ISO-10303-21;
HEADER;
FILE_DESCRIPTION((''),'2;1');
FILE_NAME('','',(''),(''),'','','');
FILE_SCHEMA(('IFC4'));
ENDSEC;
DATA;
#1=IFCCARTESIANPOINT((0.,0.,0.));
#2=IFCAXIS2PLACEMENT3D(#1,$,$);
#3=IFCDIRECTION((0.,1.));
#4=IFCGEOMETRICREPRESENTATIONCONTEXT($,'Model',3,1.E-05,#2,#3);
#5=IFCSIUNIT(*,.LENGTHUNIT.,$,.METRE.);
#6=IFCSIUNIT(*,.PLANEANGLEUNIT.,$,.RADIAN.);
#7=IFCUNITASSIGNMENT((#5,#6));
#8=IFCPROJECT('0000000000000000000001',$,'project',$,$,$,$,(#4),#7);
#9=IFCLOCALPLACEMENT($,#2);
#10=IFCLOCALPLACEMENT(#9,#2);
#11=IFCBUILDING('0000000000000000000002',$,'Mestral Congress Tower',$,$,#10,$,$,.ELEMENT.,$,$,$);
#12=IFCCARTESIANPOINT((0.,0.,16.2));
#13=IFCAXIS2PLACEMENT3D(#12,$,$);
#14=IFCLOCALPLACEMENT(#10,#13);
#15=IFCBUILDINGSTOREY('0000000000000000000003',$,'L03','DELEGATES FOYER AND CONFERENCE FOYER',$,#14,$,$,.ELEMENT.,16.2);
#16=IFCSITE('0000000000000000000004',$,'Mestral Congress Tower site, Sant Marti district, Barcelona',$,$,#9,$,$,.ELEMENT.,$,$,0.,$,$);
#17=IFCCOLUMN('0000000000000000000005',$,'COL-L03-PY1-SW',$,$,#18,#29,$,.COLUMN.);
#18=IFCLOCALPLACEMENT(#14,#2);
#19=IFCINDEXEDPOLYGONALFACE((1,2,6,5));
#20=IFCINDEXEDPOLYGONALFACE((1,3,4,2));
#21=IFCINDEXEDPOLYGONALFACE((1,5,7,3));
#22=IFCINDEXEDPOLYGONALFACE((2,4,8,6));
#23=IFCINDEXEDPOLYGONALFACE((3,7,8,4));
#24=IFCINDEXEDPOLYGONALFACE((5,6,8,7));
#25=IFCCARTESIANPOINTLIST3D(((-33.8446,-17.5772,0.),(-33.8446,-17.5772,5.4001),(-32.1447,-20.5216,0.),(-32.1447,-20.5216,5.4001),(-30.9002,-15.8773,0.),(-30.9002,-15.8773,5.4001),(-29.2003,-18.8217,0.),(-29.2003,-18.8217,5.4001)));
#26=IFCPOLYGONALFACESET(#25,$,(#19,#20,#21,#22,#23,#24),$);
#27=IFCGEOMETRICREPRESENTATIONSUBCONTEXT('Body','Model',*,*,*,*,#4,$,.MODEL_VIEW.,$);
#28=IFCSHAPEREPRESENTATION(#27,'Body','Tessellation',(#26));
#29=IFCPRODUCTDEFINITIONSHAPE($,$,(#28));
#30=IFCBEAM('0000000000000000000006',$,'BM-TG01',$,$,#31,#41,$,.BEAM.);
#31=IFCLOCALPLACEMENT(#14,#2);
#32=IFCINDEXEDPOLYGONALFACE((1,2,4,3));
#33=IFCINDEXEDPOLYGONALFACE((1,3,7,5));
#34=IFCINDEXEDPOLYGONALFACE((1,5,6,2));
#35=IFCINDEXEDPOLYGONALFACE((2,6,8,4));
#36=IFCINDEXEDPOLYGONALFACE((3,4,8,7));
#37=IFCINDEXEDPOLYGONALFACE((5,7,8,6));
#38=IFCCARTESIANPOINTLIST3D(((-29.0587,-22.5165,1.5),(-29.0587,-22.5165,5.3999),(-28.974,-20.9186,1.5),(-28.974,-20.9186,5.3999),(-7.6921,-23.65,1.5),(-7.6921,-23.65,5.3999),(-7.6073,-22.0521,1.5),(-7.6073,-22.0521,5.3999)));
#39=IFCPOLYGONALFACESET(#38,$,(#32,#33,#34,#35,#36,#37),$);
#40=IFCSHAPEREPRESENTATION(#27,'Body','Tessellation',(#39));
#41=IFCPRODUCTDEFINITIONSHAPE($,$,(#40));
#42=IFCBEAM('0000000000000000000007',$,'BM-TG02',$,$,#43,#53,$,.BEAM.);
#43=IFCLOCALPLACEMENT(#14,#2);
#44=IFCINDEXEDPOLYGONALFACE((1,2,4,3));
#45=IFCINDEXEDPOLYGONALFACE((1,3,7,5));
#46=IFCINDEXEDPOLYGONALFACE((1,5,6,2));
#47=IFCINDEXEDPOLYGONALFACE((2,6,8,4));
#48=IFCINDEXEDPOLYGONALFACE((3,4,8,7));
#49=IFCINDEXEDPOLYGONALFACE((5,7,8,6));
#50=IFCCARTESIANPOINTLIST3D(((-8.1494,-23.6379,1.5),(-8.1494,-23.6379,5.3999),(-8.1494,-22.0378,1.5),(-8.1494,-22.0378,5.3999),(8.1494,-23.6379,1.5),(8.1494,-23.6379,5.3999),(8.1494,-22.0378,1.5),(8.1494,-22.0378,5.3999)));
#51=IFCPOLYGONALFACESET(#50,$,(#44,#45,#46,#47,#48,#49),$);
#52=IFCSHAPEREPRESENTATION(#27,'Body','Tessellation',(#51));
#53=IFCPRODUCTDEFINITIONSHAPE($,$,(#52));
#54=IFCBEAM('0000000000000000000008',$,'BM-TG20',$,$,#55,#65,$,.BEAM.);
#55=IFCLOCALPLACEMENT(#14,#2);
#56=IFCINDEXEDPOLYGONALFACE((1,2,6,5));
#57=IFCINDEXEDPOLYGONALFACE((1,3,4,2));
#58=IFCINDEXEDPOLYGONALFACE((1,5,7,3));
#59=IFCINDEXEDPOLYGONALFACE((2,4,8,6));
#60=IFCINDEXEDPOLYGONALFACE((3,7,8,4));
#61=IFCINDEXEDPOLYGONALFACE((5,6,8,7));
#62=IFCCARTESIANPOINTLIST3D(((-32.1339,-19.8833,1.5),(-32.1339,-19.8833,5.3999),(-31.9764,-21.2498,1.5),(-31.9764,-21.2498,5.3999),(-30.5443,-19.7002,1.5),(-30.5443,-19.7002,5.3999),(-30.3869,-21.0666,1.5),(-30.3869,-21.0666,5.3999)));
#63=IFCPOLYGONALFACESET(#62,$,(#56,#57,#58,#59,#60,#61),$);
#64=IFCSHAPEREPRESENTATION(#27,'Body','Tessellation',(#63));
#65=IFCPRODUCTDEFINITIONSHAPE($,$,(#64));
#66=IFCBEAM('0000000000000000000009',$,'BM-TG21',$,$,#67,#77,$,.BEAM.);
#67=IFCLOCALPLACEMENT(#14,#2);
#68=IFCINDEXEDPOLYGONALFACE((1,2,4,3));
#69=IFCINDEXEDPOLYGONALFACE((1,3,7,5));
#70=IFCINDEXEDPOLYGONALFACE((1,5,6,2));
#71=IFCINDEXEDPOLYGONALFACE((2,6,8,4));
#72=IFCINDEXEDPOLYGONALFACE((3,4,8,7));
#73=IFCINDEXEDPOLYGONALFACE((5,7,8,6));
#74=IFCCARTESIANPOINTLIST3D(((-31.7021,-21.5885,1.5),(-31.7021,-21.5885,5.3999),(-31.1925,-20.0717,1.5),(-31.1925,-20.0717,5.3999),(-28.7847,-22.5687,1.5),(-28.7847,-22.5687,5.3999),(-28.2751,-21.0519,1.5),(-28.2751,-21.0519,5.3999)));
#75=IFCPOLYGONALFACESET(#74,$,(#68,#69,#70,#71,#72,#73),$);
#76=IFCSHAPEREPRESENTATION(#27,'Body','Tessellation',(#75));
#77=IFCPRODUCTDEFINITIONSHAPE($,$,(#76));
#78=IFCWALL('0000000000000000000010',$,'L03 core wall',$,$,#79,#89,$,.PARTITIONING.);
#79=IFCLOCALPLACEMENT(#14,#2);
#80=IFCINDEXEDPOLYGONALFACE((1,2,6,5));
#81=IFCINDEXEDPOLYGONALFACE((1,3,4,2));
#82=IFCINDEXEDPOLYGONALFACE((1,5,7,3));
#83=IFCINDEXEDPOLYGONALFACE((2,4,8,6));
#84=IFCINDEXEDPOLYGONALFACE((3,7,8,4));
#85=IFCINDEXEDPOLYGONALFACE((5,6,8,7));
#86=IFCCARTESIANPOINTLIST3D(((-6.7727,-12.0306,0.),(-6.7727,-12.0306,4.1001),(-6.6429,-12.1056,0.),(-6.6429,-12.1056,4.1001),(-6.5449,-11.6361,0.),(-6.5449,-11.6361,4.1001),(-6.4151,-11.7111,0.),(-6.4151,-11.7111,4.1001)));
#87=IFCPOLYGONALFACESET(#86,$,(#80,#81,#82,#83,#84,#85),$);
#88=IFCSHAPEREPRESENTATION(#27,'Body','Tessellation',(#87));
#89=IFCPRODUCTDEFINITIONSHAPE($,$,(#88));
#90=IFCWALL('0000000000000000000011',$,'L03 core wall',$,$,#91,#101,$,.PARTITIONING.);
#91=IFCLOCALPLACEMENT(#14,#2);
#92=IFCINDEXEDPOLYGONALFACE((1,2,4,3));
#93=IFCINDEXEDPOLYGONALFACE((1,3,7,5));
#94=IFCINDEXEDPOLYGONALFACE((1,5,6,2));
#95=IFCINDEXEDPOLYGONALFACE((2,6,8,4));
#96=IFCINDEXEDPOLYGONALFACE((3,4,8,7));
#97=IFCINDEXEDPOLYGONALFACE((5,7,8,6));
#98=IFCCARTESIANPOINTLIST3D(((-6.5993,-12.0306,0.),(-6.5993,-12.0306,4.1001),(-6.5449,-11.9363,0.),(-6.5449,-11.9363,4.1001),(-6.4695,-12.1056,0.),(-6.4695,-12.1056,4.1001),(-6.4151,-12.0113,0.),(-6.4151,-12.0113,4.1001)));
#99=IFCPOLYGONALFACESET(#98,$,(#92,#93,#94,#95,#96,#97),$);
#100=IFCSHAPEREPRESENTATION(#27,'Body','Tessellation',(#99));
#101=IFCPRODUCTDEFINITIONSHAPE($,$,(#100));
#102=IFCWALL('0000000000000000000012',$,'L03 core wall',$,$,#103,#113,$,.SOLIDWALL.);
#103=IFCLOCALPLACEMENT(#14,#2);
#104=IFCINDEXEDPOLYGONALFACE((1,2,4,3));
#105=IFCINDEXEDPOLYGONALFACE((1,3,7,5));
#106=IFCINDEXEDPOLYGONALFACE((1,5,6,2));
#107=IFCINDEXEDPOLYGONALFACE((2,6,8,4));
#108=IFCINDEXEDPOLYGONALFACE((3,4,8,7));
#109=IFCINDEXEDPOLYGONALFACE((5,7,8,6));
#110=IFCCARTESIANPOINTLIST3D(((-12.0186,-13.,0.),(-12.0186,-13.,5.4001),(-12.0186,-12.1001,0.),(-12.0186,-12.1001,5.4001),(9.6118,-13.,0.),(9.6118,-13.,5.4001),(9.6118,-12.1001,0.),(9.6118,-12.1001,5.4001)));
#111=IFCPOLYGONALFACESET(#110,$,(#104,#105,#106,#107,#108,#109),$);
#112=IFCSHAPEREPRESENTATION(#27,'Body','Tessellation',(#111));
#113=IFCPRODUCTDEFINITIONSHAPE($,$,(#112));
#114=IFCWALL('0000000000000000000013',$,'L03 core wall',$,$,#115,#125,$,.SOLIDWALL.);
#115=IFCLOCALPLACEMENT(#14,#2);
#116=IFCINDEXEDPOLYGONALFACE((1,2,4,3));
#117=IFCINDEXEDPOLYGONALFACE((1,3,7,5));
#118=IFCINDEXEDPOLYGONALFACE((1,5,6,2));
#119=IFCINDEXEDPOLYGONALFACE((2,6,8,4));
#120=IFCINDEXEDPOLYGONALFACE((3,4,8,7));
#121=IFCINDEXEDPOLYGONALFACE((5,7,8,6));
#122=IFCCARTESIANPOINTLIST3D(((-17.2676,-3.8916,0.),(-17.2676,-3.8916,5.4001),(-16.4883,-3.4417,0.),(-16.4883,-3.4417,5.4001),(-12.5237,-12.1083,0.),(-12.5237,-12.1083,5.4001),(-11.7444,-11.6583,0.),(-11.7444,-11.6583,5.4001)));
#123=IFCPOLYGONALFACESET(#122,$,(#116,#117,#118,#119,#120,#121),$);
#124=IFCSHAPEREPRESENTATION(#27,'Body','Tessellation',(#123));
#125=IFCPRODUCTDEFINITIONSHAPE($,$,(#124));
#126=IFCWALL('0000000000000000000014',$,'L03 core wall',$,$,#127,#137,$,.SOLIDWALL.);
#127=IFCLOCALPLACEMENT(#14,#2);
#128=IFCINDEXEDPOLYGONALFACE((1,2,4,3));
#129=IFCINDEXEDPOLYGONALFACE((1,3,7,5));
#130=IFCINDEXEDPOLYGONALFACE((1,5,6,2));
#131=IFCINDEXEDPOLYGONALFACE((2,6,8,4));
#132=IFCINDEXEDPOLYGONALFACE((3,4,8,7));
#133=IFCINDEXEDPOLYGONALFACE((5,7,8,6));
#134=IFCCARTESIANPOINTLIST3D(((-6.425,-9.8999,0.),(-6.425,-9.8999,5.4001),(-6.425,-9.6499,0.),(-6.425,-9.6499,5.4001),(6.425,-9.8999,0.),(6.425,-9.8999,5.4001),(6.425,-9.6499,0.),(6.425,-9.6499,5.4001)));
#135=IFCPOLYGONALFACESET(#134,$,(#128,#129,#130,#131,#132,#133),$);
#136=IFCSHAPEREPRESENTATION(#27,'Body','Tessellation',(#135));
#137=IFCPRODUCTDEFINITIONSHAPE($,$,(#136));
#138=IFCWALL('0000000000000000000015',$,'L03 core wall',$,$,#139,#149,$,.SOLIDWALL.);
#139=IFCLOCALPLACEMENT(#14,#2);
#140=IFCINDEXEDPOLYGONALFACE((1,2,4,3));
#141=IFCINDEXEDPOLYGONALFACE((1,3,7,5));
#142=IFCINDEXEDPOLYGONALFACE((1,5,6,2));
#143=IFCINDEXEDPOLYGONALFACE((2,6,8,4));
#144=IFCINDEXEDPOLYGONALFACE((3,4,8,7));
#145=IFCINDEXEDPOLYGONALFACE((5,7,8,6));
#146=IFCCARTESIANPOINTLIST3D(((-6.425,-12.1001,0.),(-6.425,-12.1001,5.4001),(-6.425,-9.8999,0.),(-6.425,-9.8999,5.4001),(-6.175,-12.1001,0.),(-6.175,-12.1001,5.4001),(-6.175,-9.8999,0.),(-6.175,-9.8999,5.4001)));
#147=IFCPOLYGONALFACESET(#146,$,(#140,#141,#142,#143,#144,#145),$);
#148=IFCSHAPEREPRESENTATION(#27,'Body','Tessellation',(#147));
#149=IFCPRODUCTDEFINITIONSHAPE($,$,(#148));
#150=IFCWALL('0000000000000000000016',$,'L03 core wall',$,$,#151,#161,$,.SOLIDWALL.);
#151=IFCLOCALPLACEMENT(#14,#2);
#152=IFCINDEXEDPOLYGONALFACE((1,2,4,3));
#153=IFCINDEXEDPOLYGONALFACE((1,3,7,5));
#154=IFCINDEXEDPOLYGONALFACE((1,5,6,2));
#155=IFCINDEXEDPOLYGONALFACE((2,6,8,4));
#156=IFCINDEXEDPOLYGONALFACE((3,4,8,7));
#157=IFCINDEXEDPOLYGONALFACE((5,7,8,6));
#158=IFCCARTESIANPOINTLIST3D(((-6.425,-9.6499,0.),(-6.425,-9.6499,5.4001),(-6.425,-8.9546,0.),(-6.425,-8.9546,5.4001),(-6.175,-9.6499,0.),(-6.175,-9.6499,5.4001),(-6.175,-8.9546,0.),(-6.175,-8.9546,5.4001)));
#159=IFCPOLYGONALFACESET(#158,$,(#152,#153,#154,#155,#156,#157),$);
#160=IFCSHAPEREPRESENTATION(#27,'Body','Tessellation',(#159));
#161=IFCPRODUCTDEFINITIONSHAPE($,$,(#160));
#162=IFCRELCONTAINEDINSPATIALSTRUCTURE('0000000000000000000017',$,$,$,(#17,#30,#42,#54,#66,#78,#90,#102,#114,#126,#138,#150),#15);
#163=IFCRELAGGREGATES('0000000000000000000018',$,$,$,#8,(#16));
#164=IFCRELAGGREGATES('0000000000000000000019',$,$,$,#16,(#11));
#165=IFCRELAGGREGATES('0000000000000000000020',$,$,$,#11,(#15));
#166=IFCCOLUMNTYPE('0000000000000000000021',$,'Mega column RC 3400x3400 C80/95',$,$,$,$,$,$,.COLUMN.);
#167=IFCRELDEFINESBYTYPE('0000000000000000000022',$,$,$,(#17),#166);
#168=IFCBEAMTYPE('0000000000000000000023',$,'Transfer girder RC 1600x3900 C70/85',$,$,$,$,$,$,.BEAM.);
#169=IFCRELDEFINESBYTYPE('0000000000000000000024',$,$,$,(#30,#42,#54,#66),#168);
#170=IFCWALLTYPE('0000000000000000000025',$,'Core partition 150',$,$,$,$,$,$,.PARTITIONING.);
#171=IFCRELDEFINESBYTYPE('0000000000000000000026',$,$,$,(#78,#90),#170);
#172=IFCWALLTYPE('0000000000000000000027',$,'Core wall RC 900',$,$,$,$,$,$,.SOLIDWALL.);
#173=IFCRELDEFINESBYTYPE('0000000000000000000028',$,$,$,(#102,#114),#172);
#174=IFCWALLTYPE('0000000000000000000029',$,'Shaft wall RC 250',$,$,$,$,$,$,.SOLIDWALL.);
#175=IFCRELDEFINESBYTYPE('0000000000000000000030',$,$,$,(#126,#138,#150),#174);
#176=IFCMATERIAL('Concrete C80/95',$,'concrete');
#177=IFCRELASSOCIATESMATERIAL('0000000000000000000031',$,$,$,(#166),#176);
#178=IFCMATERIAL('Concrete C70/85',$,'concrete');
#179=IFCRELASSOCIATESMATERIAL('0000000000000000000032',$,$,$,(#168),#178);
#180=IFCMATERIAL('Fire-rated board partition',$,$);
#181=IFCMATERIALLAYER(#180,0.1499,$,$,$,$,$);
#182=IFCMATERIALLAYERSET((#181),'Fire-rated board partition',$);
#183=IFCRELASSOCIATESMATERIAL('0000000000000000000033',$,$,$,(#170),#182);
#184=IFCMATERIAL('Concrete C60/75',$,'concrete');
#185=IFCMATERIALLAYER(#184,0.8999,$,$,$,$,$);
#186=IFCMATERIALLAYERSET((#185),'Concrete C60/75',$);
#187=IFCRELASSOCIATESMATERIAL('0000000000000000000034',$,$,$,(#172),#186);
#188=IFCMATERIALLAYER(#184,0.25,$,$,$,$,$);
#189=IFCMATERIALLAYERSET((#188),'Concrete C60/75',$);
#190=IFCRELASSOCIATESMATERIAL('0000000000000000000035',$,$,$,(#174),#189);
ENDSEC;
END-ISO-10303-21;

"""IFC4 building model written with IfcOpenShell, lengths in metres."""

from ifc_helpers import new_model, si_unit, direction, frame, frame_2d, origin, origin_2d, place, context, subcontext, project, spatial, rectangle, extrude, material, layer, layer_set, material_profile, profile_set, type_object, element, save


model = new_model("IFC4")

# Units and contexts
model_context = context("Model", 3, precision=1e-05, world=origin(), true_north=direction((0.0, 1.0)))
body_context = subcontext(model_context, "Body", "Model", "MODEL_VIEW")
ifc_project = project(units=[si_unit("LENGTHUNIT", "METRE"), si_unit("PLANEANGLEUNIT", "RADIAN")], contexts=[model_context])

# Site, building, storey
site_placement = place(None, origin())
site = spatial("IfcSite", under=ifc_project, at=site_placement, Name="Mestral Congress Tower site, Sant Marti district, Barcelona", CompositionType="ELEMENT", RefElevation=0.0)
building_placement = place(site_placement, origin())
building = spatial("IfcBuilding", under=site, at=building_placement, Name="Mestral Congress Tower", CompositionType="ELEMENT")
storey_placement = place(building_placement, frame((0.0, 0.0, 16.2)))
storey = spatial("IfcBuildingStorey", under=building, at=storey_placement, Name="L03", Description="DELEGATES FOYER AND CONFERENCE FOYER", CompositionType="ELEMENT", Elevation=16.2)

# Column
ifc_material_1 = material(Name="Concrete C80/95", Category="concrete")
ifc_material_profile_1 = material_profile(ifc_material_1, rectangle(XDim=3.3999, YDim=3.3999, at=origin_2d()), Name="RC 3400x3400")
ifc_profile_set_1 = profile_set([ifc_material_profile_1], Name="Concrete C80/95")
column_type = type_object("IfcColumnType", Name="Mega column RC 3400x3400 C80/95", PredefinedType="COLUMN", material=ifc_profile_set_1)
column_placement = place(storey_placement, frame((-31.5225, -18.1995, 0.0), z_axis=(0.0, 0.0, 1.0), x_axis=(-0.866025, -0.5, 0.0)))
element("IfcColumn", 1, at=column_placement, inside=storey, type_object=column_type, Name="COL-L03-PY1-SW", PredefinedType="COLUMN", context=body_context, shape_type="SweptSolid", body=[
    extrude(rectangle(XDim=3.3999, YDim=3.3999, at=origin_2d()), origin(), (0.0, 0.0, 1.0), 5.4001),
])

# Beams
ifc_material_2 = material(Name="Concrete C70/85", Category="concrete")
ifc_material_profile_2 = material_profile(ifc_material_2, rectangle(XDim=1.6001, YDim=3.8999, at=origin_2d()), Name="RC 1600x3900")
ifc_profile_set_2 = profile_set([ifc_material_profile_2], Name="Concrete C70/85")
beam_type = type_object("IfcBeamType", Name="Transfer girder RC 1600x3900 C70/85", PredefinedType="BEAM", material=ifc_profile_set_2)
beam_1_placement = place(storey_placement, frame((-29.0164, -21.7175, 3.45), z_axis=(0.998596, -0.052977, 0.0), x_axis=(0.052977, 0.998596, 0.0)))
element("IfcBeam", 2, at=beam_1_placement, inside=storey, type_object=beam_type, Name="BM-TG01", PredefinedType="BEAM", context=body_context, shape_type="SweptSolid", body=[
    extrude(rectangle(XDim=1.6001, YDim=3.8999, at=origin_2d()), origin(), (0.0, 0.0, 1.0), 21.3967),
])
beam_2_placement = place(storey_placement, frame((-8.1494, -22.8379, 3.45), z_axis=(1.0, 0.0, 0.0), x_axis=(0.0, 1.0, 0.0)))
element("IfcBeam", 3, at=beam_2_placement, inside=storey, type_object=beam_type, Name="BM-TG02", PredefinedType="BEAM", context=body_context, shape_type="SweptSolid", body=[
    extrude(rectangle(XDim=1.6001, YDim=3.8999, at=origin_2d()), origin(), (0.0, 0.0, 1.0), 16.2988),
])
beam_3_placement = place(storey_placement, frame((-31.3391, -19.7917, 3.45), z_axis=(0.114483, -0.993425, 0.0), x_axis=(0.993425, 0.114483, 0.0)))
element("IfcBeam", 4, at=beam_3_placement, inside=storey, type_object=beam_type, Name="BM-TG20", PredefinedType="BEAM", context=body_context, shape_type="SweptSolid", body=[
    extrude(rectangle(XDim=1.6001, YDim=3.8999, at=origin_2d()), origin(), (0.0, 0.0, 1.0), 1.3755),
])
beam_4_placement = place(storey_placement, frame((-31.4473, -20.8301, 3.45), z_axis=(0.947927, -0.318488, 0.0), x_axis=(0.318488, 0.947927, 0.0)))
element("IfcBeam", 5, at=beam_4_placement, inside=storey, type_object=beam_type, Name="BM-TG21", PredefinedType="BEAM", context=body_context, shape_type="SweptSolid", body=[
    extrude(rectangle(XDim=1.6001, YDim=3.8999, at=origin_2d()), origin(), (0.0, 0.0, 1.0), 3.0776),
])

# Walls
ifc_material_3 = material(Name="Fire-rated board partition")
ifc_layer_1 = layer(ifc_material_3, 0.1499)
ifc_layer_set_1 = layer_set([ifc_layer_1], Name="Fire-rated board partition")
wall_type_1 = type_object("IfcWallType", Name="Core partition 150", PredefinedType="PARTITIONING", material=ifc_layer_set_1)
wall_1_placement = place(storey_placement, frame((-6.7078, -12.0681, 0.0), z_axis=(0.0, 0.0, 1.0), x_axis=(0.500001, 0.866025, 0.0)))
element("IfcWall", 6, at=wall_1_placement, inside=storey, type_object=wall_type_1, Name="L03 core wall", PredefinedType="PARTITIONING", context=body_context, shape_type="SweptSolid", body=[
    extrude(rectangle(XDim=0.4556, YDim=0.1499, at=frame_2d((0.2278, 0.0))), origin(), (0.0, 0.0, 1.0), 4.1001),
])
wall_2_placement = place(storey_placement, frame((-6.5344, -12.0681, 0.0), z_axis=(0.0, 0.0, 1.0), x_axis=(0.50024, 0.865887, 0.0)))
element("IfcWall", 7, at=wall_2_placement, inside=storey, type_object=wall_type_1, Name="L03 core wall", PredefinedType="PARTITIONING", context=body_context, shape_type="SweptSolid", body=[
    extrude(rectangle(XDim=0.1089, YDim=0.1499, at=frame_2d((0.0544, 0.0))), origin(), (0.0, 0.0, 1.0), 4.1001),
])
ifc_material_4 = material(Name="Concrete C60/75", Category="concrete")
ifc_layer_2 = layer(ifc_material_4, 0.8999)
ifc_layer_set_2 = layer_set([ifc_layer_2], Name="Concrete C60/75")
wall_type_2 = type_object("IfcWallType", Name="Core wall RC 900", PredefinedType="SOLIDWALL", material=ifc_layer_set_2)
wall_3_placement = place(storey_placement, frame((-12.0186, -12.55, 0.0), z_axis=(0.0, 0.0, 1.0), x_axis=(1.0, 0.0, 0.0)))
element("IfcWall", 8, at=wall_3_placement, inside=storey, type_object=wall_type_2, Name="L03 core wall", PredefinedType="SOLIDWALL", context=body_context, shape_type="SweptSolid", body=[
    extrude(rectangle(XDim=21.6304, YDim=0.8999, at=frame_2d((10.8152, 0.0))), origin(), (0.0, 0.0, 1.0), 5.4001),
])
wall_4_placement = place(storey_placement, frame((-12.134, -11.8833, 0.0), z_axis=(0.0, 0.0, 1.0), x_axis=(-0.500005, 0.866022, 0.0)))
element("IfcWall", 9, at=wall_4_placement, inside=storey, type_object=wall_type_2, Name="L03 core wall", PredefinedType="SOLIDWALL", context=body_context, shape_type="SweptSolid", body=[
    extrude(rectangle(XDim=9.4878, YDim=0.8999, at=frame_2d((4.7439, 0.0))), origin(), (0.0, 0.0, 1.0), 5.4001),
])
ifc_layer_3 = layer(ifc_material_4, 0.25)
ifc_layer_set_3 = layer_set([ifc_layer_3], Name="Concrete C60/75")
wall_type_3 = type_object("IfcWallType", Name="Shaft wall RC 250", PredefinedType="SOLIDWALL", material=ifc_layer_set_3)
wall_5_placement = place(storey_placement, frame((-6.425, -9.7749, 0.0), z_axis=(0.0, 0.0, 1.0), x_axis=(1.0, 0.0, 0.0)))
element("IfcWall", 10, at=wall_5_placement, inside=storey, type_object=wall_type_3, Name="L03 core wall", PredefinedType="SOLIDWALL", context=body_context, shape_type="SweptSolid", body=[
    extrude(rectangle(XDim=12.8501, YDim=0.25, at=frame_2d((6.425, 0.0))), origin(), (0.0, 0.0, 1.0), 5.4001),
])
wall_6_placement = place(storey_placement, frame((-6.3, -9.8999, 0.0), z_axis=(0.0, 0.0, 1.0), x_axis=(0.0, -1.0, 0.0)))
element("IfcWall", 11, at=wall_6_placement, inside=storey, type_object=wall_type_3, Name="L03 core wall", PredefinedType="SOLIDWALL", context=body_context, shape_type="SweptSolid", body=[
    extrude(rectangle(XDim=2.2002, YDim=0.25, at=frame_2d((1.1001, 0.0))), origin(), (0.0, 0.0, 1.0), 5.4001),
])
wall_7_placement = place(storey_placement, frame((-6.3, -9.6499, 0.0), z_axis=(0.0, 0.0, 1.0), x_axis=(0.0, 1.0, 0.0)))
element("IfcWall", 12, at=wall_7_placement, inside=storey, type_object=wall_type_3, Name="L03 core wall", PredefinedType="SOLIDWALL", context=body_context, shape_type="SweptSolid", body=[
    extrude(rectangle(XDim=0.6953, YDim=0.25, at=frame_2d((0.3477, 0.0))), origin(), (0.0, 0.0, 1.0), 5.4001),
])

save(model, "model.ifc")
